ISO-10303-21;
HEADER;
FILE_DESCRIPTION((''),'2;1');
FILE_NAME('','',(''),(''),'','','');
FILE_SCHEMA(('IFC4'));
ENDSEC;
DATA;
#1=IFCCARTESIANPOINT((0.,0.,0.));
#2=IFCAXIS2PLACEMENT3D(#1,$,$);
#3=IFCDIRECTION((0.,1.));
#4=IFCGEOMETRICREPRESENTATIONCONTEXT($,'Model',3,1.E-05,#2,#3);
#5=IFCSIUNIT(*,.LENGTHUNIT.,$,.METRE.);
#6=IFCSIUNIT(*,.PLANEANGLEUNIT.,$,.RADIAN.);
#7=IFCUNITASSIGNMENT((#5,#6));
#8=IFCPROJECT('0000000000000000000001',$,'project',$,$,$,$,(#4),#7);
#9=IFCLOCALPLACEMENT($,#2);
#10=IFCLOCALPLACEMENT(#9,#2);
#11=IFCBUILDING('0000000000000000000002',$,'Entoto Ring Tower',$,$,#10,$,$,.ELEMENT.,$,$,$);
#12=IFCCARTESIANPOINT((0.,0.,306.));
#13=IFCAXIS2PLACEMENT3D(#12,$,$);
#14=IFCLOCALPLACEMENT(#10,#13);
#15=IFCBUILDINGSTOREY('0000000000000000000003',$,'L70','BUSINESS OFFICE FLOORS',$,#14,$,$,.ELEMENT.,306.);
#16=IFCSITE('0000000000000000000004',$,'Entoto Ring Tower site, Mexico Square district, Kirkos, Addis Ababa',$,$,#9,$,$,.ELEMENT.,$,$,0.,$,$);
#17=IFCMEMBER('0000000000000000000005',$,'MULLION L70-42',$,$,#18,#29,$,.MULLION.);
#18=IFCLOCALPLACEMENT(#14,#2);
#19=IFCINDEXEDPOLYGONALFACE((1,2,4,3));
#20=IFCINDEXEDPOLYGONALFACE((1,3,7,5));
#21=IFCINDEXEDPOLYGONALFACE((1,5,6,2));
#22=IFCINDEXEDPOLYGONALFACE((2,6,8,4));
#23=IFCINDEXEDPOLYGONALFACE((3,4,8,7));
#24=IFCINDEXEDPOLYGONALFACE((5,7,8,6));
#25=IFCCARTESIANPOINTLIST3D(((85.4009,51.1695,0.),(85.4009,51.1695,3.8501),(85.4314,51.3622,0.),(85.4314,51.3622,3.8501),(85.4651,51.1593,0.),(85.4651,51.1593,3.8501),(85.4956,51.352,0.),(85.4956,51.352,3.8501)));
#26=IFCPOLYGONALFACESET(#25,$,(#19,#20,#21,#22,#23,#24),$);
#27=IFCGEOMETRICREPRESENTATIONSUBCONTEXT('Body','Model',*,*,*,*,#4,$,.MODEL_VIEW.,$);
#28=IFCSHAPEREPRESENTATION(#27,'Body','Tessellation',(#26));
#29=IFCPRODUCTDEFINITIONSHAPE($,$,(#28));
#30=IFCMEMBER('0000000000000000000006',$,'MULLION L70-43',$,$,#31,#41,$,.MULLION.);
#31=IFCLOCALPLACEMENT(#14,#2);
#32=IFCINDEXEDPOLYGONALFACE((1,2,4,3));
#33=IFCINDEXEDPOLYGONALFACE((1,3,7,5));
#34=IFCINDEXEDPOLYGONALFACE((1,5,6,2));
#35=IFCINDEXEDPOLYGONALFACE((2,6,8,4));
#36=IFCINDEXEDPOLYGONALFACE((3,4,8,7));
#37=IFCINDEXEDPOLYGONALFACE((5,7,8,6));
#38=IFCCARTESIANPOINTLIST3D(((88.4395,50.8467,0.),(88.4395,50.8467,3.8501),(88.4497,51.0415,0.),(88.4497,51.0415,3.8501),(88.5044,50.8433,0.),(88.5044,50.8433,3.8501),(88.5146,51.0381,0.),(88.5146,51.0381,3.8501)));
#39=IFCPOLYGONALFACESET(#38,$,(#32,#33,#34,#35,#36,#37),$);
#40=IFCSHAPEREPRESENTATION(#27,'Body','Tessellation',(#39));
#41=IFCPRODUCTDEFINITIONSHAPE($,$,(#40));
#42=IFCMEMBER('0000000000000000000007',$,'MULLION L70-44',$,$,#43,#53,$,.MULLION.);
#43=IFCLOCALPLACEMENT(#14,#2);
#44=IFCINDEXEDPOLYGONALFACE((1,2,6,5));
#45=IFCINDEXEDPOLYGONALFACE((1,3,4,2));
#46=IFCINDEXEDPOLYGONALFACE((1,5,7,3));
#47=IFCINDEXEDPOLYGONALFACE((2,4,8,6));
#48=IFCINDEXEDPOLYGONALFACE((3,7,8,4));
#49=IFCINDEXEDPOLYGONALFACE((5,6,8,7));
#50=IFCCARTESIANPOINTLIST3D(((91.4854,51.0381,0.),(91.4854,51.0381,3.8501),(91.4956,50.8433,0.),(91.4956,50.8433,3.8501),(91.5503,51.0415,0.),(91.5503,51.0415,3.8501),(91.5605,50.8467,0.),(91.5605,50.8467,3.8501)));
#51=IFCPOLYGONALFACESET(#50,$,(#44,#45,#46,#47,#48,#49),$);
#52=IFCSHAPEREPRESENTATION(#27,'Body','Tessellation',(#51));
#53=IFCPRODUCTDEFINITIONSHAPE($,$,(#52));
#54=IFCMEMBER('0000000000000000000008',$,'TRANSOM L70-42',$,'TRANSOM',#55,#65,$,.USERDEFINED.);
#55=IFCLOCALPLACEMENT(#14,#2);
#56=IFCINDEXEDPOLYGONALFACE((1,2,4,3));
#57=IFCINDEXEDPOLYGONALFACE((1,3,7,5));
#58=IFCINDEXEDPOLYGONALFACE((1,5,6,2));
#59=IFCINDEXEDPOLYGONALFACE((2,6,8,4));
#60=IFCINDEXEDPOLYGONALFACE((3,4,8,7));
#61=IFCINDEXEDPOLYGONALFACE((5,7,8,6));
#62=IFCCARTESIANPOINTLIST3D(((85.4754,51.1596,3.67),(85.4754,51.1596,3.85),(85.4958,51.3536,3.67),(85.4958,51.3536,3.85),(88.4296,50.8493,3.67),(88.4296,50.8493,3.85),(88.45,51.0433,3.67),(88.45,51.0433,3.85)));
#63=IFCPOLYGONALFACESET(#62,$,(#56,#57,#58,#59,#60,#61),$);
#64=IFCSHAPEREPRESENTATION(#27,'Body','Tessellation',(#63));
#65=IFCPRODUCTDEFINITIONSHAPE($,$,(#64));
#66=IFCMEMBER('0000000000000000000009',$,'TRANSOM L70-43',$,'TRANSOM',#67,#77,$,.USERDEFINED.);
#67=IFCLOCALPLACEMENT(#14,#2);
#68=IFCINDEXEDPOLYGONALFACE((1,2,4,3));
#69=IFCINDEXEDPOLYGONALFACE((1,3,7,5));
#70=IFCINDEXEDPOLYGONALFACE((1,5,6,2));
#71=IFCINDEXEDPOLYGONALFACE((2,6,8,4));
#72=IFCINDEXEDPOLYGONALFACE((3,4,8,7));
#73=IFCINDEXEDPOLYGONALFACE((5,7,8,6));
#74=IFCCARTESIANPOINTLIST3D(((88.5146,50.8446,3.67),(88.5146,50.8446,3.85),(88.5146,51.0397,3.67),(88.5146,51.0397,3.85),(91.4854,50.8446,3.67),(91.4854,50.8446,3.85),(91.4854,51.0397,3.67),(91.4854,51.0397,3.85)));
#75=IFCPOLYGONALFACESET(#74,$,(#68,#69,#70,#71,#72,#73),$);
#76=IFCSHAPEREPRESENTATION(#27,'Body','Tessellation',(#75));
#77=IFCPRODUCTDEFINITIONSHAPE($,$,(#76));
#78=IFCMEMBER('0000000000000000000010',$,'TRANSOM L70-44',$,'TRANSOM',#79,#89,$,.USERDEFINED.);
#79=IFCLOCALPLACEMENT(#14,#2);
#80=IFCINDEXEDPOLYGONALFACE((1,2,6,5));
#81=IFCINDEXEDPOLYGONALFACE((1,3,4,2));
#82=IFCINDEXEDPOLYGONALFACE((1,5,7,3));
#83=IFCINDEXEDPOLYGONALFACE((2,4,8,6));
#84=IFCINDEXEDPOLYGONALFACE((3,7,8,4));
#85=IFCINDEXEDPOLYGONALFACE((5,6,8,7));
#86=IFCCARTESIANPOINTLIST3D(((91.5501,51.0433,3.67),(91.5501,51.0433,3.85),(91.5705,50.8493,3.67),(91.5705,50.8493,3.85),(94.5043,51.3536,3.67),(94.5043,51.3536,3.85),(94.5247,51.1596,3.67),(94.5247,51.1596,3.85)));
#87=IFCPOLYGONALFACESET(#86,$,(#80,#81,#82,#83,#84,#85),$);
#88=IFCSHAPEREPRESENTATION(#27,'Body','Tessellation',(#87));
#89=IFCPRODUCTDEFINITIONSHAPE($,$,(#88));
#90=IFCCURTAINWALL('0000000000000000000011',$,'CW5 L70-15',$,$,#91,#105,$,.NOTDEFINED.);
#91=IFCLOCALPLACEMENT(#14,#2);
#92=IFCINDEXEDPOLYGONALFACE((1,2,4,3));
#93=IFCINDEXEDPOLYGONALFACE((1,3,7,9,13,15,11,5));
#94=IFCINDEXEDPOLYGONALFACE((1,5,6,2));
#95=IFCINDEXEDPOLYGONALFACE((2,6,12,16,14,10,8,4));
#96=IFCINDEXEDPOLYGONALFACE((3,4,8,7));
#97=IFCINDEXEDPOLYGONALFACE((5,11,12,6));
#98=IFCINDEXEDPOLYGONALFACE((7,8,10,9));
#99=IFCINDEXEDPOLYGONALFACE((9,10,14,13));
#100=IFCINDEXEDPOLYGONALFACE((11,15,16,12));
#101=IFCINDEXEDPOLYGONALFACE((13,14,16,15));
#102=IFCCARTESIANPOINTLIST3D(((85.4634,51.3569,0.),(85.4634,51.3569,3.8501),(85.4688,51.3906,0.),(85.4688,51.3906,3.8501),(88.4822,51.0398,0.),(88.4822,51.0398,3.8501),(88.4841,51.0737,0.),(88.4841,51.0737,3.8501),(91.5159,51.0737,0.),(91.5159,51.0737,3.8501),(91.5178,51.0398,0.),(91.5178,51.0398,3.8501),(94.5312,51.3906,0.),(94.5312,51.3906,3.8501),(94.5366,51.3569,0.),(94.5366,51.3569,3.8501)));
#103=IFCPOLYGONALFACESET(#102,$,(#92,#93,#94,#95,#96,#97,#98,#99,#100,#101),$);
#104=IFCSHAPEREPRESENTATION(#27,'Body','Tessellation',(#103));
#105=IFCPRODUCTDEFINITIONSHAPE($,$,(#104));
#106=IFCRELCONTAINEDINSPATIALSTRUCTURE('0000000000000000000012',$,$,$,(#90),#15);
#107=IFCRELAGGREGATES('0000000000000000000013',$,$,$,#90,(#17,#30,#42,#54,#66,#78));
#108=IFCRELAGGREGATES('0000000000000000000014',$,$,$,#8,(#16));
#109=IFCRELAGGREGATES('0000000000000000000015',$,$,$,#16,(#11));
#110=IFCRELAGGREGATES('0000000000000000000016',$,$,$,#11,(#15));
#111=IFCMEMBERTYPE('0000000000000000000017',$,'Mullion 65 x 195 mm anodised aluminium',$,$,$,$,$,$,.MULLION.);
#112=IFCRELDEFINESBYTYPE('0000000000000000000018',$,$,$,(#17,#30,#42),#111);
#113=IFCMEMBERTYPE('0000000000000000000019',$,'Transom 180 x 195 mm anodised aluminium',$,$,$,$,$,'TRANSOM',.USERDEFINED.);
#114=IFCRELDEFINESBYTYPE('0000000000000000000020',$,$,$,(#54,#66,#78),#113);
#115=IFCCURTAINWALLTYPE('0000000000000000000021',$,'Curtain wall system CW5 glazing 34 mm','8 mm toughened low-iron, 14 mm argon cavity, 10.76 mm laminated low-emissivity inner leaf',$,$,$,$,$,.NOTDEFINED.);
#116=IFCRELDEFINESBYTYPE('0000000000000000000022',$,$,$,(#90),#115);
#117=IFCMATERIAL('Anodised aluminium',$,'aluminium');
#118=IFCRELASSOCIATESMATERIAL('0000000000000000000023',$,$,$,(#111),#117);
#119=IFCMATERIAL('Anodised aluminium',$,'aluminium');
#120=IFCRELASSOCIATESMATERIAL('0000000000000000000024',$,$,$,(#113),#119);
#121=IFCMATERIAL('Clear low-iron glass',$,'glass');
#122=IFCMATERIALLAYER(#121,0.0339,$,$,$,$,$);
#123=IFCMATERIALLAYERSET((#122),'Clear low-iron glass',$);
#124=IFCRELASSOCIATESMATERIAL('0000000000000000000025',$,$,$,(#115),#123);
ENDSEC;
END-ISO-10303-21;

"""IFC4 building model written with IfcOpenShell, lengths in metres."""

from ifc_helpers import new_model, si_unit, direction, frame, origin, origin_2d, place, context, subcontext, project, spatial, polyline, rectangle, outline, extrude, material, layer, layer_set, material_profile, profile_set, type_object, element, aggregate, save


model = new_model("IFC4")

# Units and contexts
model_context = context("Model", 3, precision=1e-05, world=origin(), true_north=direction((0.0, 1.0)))
body_context = subcontext(model_context, "Body", "Model", "MODEL_VIEW")
ifc_project = project(units=[si_unit("LENGTHUNIT", "METRE"), si_unit("PLANEANGLEUNIT", "RADIAN")], contexts=[model_context])

# Members
ifc_material_1 = material(Name="Anodised aluminium", Category="aluminium")
ifc_material_profile_1 = material_profile(ifc_material_1, rectangle(XDim=0.0649, YDim=0.1951, at=origin_2d()), Name="Mullion 65 x 195 mm anodised aluminium")
ifc_profile_set_1 = profile_set([ifc_material_profile_1], Name="Anodised aluminium")
member_type_1 = type_object("IfcMemberType", Name="Mullion 65 x 195 mm anodised aluminium", PredefinedType="MULLION", material=ifc_profile_set_1)
site_placement = place(None, origin())
building_placement = place(site_placement, origin())
storey_placement = place(building_placement, frame((0.0, 0.0, 306.0)))
member_1_placement = place(storey_placement, frame((85.4482, 51.2607, 0.0), z_axis=(0.0, 0.0, 1.0), x_axis=(0.987688, -0.156434, 0.0)))
member_1 = element("IfcMember", 1, at=member_1_placement, type_object=member_type_1, Name="MULLION L70-42", PredefinedType="MULLION", context=body_context, shape_type="SweptSolid", body=[
    extrude(rectangle(XDim=0.0649, YDim=0.1951, at=origin_2d()), origin(), (0.0, 0.0, 1.0), 3.8501),
])
member_2_placement = place(storey_placement, frame((88.4771, 50.9424, 0.0), z_axis=(0.0, 0.0, 1.0), x_axis=(0.99863, -0.052336, 0.0)))
member_2 = element("IfcMember", 2, at=member_2_placement, type_object=member_type_1, Name="MULLION L70-43", PredefinedType="MULLION", context=body_context, shape_type="SweptSolid", body=[
    extrude(rectangle(XDim=0.0649, YDim=0.1951, at=origin_2d()), origin(), (0.0, 0.0, 1.0), 3.8501),
])
member_3_placement = place(storey_placement, frame((91.5229, 50.9424, 0.0), z_axis=(0.0, 0.0, 1.0), x_axis=(0.99863, 0.052336, 0.0)))
member_3 = element("IfcMember", 3, at=member_3_placement, type_object=member_type_1, Name="MULLION L70-44", PredefinedType="MULLION", context=body_context, shape_type="SweptSolid", body=[
    extrude(rectangle(XDim=0.0649, YDim=0.1951, at=origin_2d()), origin(), (0.0, 0.0, 1.0), 3.8501),
])
ifc_material_2 = material(Name="Anodised aluminium", Category="aluminium")
ifc_material_profile_2 = material_profile(ifc_material_2, rectangle(XDim=0.1951, YDim=0.1799, at=origin_2d()), Name="Transom 180 x 195 mm anodised aluminium")
ifc_profile_set_2 = profile_set([ifc_material_profile_2], Name="Anodised aluminium")
member_type_2 = type_object("IfcMemberType", Name="Transom 180 x 195 mm anodised aluminium", ElementType="TRANSOM", PredefinedType="USERDEFINED", material=ifc_profile_set_2)
member_4_placement = place(storey_placement, frame((85.4856, 51.2566, 3.76), z_axis=(0.994528, -0.104467, 0.0), x_axis=(0.104467, 0.994528, 0.0)))
member_4 = element("IfcMember", 4, at=member_4_placement, type_object=member_type_2, Name="TRANSOM L70-42", ObjectType="TRANSOM", PredefinedType="USERDEFINED", context=body_context, shape_type="SweptSolid", body=[
    extrude(rectangle(XDim=0.1951, YDim=0.1799, at=origin_2d()), origin(), (0.0, 0.0, 1.0), 2.9705),
])
member_5_placement = place(storey_placement, frame((88.5146, 50.9421, 3.76), z_axis=(1.0, 0.0, 0.0), x_axis=(0.0, 1.0, 0.0)))
member_5 = element("IfcMember", 5, at=member_5_placement, type_object=member_type_2, Name="TRANSOM L70-43", ObjectType="TRANSOM", PredefinedType="USERDEFINED", context=body_context, shape_type="SweptSolid", body=[
    extrude(rectangle(XDim=0.1951, YDim=0.1799, at=origin_2d()), origin(), (0.0, 0.0, 1.0), 2.9707),
])
member_6_placement = place(storey_placement, frame((91.5603, 50.9463, 3.76), z_axis=(0.994528, 0.104467, 0.0), x_axis=(-0.104467, 0.994528, 0.0)))
member_6 = element("IfcMember", 6, at=member_6_placement, type_object=member_type_2, Name="TRANSOM L70-44", ObjectType="TRANSOM", PredefinedType="USERDEFINED", context=body_context, shape_type="SweptSolid", body=[
    extrude(rectangle(XDim=0.1951, YDim=0.1799, at=origin_2d()), origin(), (0.0, 0.0, 1.0), 2.9705),
])

# Site, building, storey
site = spatial("IfcSite", under=ifc_project, at=site_placement, Name="Entoto Ring Tower site, Mexico Square district, Kirkos, Addis Ababa", CompositionType="ELEMENT", RefElevation=0.0)
building = spatial("IfcBuilding", under=site, at=building_placement, Name="Entoto Ring Tower", CompositionType="ELEMENT")
storey = spatial("IfcBuildingStorey", under=building, at=storey_placement, Name="L70", Description="BUSINESS OFFICE FLOORS", CompositionType="ELEMENT", Elevation=306.0)

# Curtain wall
ifc_material_3 = material(Name="Clear low-iron glass", Category="glass")
ifc_layer = layer(ifc_material_3, 0.0339)
ifc_layer_set = layer_set([ifc_layer], Name="Clear low-iron glass")
curtain_wall_type = type_object("IfcCurtainWallType", Name="Curtain wall system CW5 glazing 34 mm", Description="8 mm toughened low-iron, 14 mm argon cavity, 10.76 mm laminated low-emissivity inner leaf", PredefinedType="NOTDEFINED", material=ifc_layer_set)
curtain_wall_1_placement = place(storey_placement, origin())
curtain_wall_1 = element("IfcCurtainWall", 7, at=curtain_wall_1_placement, inside=storey, type_object=curtain_wall_type, Name="CW5 L70-15", PredefinedType="NOTDEFINED", context=body_context, shape_type="SweptSolid", body=[
    extrude(outline(polyline([(85.4634, 51.3569), (88.4822, 51.0398), (91.5178, 51.0398), (94.5366, 51.3569), (94.5312, 51.3906), (91.5159, 51.0737), (88.4841, 51.0737), (85.4688, 51.3906), (85.4634, 51.3569)])), origin(), (0.0, 0.0, 1.0), 3.8501),
])
aggregate(curtain_wall_1, [member_1, member_2, member_3, member_4, member_5, member_6])

save(model, "model.ifc")
